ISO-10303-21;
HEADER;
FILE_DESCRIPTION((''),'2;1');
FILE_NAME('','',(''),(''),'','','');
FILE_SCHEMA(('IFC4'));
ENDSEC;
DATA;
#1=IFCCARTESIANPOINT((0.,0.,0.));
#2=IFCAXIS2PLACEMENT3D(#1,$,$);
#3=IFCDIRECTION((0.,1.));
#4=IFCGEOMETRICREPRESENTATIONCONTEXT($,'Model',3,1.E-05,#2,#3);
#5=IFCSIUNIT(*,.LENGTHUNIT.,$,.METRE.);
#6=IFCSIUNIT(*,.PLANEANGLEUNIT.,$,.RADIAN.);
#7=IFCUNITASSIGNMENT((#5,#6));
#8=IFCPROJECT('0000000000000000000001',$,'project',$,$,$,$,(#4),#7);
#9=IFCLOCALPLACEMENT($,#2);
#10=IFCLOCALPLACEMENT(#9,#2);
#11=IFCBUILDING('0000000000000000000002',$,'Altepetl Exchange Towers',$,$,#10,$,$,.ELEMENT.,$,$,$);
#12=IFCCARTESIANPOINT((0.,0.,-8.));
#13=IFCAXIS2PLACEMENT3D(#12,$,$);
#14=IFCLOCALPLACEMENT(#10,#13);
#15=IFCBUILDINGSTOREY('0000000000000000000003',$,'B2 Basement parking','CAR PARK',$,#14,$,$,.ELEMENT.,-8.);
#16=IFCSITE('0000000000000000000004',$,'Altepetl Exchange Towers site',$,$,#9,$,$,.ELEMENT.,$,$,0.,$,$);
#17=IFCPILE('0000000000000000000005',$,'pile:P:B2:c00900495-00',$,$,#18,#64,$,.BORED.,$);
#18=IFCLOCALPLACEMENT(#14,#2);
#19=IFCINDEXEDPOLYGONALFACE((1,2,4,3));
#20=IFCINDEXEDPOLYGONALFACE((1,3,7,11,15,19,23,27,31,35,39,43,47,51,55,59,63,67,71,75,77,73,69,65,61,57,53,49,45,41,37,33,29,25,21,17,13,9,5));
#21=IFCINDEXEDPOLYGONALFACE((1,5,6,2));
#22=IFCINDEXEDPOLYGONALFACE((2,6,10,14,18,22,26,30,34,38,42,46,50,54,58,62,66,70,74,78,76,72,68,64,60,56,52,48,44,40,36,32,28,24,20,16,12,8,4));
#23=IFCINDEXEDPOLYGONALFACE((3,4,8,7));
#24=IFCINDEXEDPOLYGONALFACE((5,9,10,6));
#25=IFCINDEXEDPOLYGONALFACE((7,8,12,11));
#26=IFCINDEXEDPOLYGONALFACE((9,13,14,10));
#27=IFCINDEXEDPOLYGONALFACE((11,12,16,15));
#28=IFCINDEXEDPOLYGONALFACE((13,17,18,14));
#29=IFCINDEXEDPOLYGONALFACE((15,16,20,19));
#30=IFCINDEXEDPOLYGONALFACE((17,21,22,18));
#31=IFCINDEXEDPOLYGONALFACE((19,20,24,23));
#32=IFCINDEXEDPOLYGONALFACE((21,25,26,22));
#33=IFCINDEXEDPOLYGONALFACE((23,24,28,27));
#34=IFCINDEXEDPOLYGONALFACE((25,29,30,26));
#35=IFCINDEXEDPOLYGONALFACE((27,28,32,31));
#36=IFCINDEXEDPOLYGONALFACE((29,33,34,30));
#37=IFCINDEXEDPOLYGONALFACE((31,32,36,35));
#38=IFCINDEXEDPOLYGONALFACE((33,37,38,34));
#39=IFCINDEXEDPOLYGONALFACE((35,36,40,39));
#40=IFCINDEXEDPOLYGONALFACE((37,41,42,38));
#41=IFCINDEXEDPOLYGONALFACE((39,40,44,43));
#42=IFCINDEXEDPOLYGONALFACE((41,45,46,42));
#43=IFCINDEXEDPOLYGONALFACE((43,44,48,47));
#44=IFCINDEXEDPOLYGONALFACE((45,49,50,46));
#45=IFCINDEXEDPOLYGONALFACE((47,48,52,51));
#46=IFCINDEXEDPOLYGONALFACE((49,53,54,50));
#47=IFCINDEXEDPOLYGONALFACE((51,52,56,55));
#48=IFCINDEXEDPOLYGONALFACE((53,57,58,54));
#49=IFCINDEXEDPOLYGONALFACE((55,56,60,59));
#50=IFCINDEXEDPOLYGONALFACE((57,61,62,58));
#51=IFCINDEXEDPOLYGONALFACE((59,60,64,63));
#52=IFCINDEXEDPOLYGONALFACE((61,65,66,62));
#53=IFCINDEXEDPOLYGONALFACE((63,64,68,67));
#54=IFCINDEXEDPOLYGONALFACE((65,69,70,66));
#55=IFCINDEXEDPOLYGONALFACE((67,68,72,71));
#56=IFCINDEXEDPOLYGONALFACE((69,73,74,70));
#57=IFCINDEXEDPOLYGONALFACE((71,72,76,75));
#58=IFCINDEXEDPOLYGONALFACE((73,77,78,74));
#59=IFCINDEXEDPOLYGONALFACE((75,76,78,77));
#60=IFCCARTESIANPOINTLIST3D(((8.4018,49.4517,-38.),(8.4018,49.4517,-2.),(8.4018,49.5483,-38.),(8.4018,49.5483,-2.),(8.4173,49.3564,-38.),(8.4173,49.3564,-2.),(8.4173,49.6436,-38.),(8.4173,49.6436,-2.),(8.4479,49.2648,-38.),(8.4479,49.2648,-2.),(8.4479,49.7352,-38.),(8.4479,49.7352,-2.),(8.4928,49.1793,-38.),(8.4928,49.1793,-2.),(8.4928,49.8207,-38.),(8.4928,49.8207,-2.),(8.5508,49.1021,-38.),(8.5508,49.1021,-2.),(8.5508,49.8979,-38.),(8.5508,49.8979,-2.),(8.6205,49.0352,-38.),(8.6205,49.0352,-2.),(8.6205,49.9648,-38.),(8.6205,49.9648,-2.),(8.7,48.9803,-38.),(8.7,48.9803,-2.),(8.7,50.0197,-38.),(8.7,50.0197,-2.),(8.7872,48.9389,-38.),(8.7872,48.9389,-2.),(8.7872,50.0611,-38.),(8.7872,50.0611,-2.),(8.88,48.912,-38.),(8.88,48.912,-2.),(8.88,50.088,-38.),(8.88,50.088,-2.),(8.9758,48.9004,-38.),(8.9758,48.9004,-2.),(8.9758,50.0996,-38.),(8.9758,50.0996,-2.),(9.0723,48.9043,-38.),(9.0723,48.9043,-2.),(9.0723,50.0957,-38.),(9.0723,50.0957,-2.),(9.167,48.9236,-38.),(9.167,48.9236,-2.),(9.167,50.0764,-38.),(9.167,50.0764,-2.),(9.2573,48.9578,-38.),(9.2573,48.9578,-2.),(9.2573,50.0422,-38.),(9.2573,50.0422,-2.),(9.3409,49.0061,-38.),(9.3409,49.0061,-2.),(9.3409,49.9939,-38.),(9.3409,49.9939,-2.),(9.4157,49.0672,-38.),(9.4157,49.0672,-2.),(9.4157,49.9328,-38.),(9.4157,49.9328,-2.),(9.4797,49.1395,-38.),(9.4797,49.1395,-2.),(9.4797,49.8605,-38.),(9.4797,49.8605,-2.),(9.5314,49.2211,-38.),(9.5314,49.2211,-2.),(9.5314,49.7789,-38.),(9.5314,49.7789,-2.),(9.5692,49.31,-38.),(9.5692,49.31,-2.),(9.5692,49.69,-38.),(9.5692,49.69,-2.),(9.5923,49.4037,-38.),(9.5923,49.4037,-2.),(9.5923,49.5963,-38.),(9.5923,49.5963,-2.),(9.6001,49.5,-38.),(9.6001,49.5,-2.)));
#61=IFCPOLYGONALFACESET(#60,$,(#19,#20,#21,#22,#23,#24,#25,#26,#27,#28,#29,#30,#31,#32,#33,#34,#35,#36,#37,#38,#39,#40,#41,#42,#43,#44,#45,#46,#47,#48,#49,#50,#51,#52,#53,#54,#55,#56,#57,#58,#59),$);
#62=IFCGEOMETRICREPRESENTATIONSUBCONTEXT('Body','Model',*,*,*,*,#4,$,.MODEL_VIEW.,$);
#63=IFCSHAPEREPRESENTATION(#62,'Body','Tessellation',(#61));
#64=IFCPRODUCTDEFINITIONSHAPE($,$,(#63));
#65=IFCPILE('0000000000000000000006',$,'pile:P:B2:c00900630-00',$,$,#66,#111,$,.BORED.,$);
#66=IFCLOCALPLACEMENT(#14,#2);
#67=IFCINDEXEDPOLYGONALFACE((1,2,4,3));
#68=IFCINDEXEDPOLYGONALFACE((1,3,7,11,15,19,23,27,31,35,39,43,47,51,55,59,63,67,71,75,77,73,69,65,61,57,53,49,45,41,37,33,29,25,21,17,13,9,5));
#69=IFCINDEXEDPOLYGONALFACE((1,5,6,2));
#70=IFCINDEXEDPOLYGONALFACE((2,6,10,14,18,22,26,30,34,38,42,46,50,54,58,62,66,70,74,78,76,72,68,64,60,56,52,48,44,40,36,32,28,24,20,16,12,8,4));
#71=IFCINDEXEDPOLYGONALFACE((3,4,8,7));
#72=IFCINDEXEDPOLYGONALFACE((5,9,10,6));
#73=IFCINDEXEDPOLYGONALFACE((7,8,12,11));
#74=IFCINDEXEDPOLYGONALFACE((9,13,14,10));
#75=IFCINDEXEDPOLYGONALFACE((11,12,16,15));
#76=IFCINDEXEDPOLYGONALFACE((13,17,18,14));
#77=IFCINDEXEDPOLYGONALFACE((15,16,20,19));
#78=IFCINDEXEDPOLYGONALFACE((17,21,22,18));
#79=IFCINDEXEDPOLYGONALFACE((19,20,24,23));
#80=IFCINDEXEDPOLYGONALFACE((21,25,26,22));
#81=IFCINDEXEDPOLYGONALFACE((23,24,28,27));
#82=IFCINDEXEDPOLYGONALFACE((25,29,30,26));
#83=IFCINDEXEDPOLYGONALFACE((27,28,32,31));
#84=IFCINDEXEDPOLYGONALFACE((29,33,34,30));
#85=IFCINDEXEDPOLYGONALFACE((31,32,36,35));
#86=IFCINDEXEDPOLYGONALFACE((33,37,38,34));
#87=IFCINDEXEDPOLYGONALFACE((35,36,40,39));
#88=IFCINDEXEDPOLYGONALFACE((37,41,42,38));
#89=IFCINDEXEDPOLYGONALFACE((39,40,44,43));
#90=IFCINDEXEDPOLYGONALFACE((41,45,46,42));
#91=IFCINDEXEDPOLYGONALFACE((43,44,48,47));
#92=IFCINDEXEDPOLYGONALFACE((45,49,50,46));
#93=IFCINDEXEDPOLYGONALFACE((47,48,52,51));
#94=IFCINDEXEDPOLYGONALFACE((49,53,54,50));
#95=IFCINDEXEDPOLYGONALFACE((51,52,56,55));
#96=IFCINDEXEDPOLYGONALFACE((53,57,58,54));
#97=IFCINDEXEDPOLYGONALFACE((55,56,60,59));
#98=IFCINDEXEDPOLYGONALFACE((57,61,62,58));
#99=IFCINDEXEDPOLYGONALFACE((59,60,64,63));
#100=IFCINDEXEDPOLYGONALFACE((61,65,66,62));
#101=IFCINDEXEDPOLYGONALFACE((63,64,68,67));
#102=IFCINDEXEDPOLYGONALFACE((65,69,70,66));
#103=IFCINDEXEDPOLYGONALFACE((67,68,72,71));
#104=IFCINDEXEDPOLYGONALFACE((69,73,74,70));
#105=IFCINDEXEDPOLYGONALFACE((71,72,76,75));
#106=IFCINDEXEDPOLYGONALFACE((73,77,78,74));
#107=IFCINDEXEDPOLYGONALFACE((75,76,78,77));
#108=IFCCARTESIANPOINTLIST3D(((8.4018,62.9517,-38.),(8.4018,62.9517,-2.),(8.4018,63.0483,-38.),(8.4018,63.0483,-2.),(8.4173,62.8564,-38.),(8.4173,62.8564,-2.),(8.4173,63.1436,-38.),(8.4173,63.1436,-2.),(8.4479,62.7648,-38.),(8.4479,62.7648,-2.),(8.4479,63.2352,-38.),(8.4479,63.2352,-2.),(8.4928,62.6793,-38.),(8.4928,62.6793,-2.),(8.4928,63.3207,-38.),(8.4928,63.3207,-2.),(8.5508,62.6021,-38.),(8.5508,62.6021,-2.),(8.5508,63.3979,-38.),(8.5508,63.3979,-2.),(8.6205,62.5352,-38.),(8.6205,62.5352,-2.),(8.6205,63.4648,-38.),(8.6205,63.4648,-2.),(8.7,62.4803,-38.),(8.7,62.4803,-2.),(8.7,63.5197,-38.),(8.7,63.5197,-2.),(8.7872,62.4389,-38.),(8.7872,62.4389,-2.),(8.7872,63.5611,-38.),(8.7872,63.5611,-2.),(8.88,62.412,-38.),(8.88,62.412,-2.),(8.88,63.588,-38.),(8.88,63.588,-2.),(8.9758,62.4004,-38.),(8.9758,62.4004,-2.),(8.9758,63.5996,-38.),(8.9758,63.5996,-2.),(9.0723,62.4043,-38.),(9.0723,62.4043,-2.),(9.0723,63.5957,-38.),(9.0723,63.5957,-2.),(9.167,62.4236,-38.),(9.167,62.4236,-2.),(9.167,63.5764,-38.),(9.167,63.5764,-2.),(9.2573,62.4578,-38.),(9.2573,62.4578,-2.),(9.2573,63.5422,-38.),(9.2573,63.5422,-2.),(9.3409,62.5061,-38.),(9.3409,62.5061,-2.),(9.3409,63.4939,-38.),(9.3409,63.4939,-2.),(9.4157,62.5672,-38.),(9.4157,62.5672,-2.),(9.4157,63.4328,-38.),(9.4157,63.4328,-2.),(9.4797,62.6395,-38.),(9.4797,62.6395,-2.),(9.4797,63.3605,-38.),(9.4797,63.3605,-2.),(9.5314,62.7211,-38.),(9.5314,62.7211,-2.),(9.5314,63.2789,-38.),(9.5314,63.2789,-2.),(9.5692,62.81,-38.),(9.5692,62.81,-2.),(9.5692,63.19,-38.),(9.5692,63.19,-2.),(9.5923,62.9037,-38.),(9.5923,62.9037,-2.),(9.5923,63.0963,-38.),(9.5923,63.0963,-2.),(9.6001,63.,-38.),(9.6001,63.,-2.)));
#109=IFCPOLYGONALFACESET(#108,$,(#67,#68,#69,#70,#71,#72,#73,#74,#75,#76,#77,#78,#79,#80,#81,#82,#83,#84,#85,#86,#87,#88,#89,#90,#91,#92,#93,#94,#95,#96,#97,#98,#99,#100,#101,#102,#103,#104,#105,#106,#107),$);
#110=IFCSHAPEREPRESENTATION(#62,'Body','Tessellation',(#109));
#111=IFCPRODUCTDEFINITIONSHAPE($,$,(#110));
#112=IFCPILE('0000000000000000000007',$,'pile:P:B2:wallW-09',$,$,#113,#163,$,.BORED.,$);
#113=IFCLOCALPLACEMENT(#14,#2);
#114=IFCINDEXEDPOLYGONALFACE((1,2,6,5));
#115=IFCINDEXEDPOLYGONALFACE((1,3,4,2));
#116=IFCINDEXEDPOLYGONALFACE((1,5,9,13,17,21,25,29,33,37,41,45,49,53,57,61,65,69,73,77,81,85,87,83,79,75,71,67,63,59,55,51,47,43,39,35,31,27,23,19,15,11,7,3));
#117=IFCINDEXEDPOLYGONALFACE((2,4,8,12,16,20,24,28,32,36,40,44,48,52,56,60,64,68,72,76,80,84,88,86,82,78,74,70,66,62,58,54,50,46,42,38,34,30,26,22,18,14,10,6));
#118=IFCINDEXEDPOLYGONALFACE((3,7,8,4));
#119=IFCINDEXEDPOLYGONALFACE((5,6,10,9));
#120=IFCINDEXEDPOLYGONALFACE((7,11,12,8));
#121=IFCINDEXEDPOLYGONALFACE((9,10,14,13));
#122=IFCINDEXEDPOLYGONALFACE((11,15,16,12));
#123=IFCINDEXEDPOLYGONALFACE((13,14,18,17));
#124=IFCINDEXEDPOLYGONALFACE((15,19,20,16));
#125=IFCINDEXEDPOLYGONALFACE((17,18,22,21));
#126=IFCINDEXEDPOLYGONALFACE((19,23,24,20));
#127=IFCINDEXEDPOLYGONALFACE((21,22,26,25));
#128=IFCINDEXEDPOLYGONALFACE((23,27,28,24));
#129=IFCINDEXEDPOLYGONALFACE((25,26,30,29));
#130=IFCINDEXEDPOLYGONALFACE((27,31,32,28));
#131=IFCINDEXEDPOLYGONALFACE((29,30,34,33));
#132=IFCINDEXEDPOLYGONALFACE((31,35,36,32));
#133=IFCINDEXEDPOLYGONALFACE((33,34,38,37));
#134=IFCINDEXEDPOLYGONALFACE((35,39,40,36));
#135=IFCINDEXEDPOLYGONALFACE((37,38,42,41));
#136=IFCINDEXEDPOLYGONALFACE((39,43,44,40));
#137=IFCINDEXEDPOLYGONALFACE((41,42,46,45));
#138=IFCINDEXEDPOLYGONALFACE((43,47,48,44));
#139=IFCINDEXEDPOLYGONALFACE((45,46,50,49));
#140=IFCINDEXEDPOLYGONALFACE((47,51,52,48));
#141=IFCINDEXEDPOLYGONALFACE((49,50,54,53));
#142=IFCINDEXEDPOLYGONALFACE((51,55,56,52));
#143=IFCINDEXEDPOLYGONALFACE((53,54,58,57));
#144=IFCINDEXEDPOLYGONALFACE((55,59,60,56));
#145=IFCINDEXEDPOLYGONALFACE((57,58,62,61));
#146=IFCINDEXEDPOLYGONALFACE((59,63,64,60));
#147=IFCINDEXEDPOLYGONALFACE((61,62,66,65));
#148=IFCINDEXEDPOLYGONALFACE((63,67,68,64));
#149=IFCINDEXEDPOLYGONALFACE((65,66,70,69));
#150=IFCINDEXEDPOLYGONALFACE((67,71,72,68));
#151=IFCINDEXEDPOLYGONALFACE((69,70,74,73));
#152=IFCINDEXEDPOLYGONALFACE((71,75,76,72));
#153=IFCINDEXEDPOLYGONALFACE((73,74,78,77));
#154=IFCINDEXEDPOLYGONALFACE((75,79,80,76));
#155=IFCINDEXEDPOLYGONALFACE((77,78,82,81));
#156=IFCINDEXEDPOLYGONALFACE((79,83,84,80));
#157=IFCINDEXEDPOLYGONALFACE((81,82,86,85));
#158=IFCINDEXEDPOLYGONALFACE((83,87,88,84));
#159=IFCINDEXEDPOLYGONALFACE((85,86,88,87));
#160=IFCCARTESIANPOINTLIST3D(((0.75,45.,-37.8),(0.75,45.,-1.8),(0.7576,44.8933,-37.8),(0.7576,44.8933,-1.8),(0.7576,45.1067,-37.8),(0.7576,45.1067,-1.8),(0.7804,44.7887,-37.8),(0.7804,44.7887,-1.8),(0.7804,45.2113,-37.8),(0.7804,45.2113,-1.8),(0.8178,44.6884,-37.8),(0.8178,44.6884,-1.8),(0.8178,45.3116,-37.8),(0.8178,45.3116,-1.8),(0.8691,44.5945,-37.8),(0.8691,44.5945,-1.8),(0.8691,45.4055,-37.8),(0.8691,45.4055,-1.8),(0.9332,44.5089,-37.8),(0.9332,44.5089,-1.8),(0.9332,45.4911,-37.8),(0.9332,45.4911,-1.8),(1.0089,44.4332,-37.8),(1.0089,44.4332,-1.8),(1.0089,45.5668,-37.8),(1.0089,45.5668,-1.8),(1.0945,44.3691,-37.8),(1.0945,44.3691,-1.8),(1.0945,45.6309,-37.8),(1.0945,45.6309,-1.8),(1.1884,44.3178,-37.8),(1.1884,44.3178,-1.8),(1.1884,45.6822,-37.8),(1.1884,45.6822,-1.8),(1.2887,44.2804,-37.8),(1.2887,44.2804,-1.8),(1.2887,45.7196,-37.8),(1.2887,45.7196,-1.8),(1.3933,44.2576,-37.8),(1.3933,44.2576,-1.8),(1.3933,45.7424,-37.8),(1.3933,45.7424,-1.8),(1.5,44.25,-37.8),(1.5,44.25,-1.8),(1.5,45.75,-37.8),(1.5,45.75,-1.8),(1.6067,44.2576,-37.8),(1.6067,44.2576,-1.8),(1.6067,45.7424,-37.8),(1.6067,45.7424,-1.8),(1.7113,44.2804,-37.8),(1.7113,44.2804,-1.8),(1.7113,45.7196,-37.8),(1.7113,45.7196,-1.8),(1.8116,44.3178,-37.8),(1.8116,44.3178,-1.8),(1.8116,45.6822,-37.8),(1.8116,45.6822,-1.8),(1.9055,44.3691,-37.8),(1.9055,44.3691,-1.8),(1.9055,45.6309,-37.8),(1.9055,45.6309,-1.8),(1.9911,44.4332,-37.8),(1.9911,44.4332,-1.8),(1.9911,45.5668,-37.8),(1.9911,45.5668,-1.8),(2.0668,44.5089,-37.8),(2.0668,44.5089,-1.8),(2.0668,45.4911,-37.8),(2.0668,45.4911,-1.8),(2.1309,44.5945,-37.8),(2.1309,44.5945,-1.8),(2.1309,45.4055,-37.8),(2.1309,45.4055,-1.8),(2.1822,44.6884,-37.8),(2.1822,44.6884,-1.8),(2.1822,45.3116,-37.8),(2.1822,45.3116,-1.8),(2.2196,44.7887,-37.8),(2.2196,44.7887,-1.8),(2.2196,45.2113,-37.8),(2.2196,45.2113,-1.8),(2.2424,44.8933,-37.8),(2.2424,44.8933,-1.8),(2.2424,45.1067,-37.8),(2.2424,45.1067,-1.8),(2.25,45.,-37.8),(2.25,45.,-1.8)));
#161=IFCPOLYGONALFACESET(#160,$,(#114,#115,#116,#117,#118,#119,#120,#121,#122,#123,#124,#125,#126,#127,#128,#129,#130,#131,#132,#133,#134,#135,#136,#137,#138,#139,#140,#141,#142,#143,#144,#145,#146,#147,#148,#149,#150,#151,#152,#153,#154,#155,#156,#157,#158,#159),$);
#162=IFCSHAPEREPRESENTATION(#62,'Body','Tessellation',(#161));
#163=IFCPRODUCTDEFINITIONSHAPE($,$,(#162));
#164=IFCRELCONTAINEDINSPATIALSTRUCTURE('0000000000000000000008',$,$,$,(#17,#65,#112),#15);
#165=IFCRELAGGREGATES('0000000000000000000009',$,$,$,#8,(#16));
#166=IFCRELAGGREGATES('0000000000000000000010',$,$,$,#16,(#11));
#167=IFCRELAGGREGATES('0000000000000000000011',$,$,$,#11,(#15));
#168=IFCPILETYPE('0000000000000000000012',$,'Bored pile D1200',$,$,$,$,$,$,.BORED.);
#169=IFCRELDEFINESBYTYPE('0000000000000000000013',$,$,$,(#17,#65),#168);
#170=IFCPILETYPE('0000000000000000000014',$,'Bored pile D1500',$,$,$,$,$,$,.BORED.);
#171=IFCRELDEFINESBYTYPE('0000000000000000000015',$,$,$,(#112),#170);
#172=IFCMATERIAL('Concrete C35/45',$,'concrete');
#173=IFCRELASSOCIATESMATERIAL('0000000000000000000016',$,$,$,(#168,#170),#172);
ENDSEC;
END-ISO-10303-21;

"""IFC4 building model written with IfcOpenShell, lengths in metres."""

from ifc_helpers import new_model, si_unit, direction, frame, origin, origin_2d, place, context, subcontext, project, spatial, circle, extrude, material, material_profile, profile_set, type_object, element, save


model = new_model("IFC4")

# Units and contexts
model_context = context("Model", 3, precision=1e-05, world=origin(), true_north=direction((0.0, 1.0)))
body_context = subcontext(model_context, "Body", "Model", "MODEL_VIEW")
ifc_project = project(units=[si_unit("LENGTHUNIT", "METRE"), si_unit("PLANEANGLEUNIT", "RADIAN")], contexts=[model_context])

# Site, building, storey
site_placement = place(None, origin())
site = spatial("IfcSite", under=ifc_project, at=site_placement, Name="Altepetl Exchange Towers site", CompositionType="ELEMENT", RefElevation=0.0)
building_placement = place(site_placement, origin())
building = spatial("IfcBuilding", under=site, at=building_placement, Name="Altepetl Exchange Towers", CompositionType="ELEMENT")
storey_placement = place(building_placement, frame((0.0, 0.0, -8.0)))
storey = spatial("IfcBuildingStorey", under=building, at=storey_placement, Name="B2 Basement parking", Description="CAR PARK", CompositionType="ELEMENT", Elevation=-8.0)

# Piles
ifc_material_1 = material(Name="Concrete C35/45", Category="concrete")
ifc_material_profile_1 = material_profile(ifc_material_1, circle(Radius=0.6001, at=origin_2d()), Name="D1200")
ifc_profile_set_1 = profile_set([ifc_material_profile_1], Name="Concrete C35/45")
pile_type_1 = type_object("IfcPileType", Name="Bored pile D1200", PredefinedType="BORED", material=ifc_profile_set_1)
for number, where, z_axis, x_axis, name in (
    (1, (9.0, 49.5, -2.0), (0.0, 0.0, -1.0), (1.0, 0.0, 0.0), "pile:P:B2:c00900495-00"),
    (2, (9.0, 63.0, -2.0), (0.0, 0.0, -1.0), (1.0, 0.0, 0.0), "pile:P:B2:c00900630-00"),
):
    element("IfcPile", number, at=place(storey_placement, frame(where, z_axis=z_axis, x_axis=x_axis)), inside=storey, type_object=pile_type_1, Name=name, PredefinedType="BORED", context=body_context, shape_type="SweptSolid", body=[
        extrude(circle(Radius=0.6001, at=origin_2d()), origin(), (0.0, 0.0, 1.0), 36.0),
    ])
ifc_material_profile_2 = material_profile(ifc_material_1, circle(Radius=0.75, at=origin_2d()), Name="D1500")
ifc_profile_set_2 = profile_set([ifc_material_profile_2], Name="Concrete C35/45")
pile_type_2 = type_object("IfcPileType", Name="Bored pile D1500", PredefinedType="BORED", material=ifc_profile_set_2)
for number, where, z_axis, x_axis, name in (
    (3, (1.5, 45.0, -1.8), (0.0, 0.0, -1.0), (1.0, 0.0, 0.0), "pile:P:B2:wallW-09"),
):
    element("IfcPile", number, at=place(storey_placement, frame(where, z_axis=z_axis, x_axis=x_axis)), inside=storey, type_object=pile_type_2, Name=name, PredefinedType="BORED", context=body_context, shape_type="SweptSolid", body=[
        extrude(circle(Radius=0.75, at=origin_2d()), origin(), (0.0, 0.0, 1.0), 36.0),
    ])

save(model, "model.ifc")
